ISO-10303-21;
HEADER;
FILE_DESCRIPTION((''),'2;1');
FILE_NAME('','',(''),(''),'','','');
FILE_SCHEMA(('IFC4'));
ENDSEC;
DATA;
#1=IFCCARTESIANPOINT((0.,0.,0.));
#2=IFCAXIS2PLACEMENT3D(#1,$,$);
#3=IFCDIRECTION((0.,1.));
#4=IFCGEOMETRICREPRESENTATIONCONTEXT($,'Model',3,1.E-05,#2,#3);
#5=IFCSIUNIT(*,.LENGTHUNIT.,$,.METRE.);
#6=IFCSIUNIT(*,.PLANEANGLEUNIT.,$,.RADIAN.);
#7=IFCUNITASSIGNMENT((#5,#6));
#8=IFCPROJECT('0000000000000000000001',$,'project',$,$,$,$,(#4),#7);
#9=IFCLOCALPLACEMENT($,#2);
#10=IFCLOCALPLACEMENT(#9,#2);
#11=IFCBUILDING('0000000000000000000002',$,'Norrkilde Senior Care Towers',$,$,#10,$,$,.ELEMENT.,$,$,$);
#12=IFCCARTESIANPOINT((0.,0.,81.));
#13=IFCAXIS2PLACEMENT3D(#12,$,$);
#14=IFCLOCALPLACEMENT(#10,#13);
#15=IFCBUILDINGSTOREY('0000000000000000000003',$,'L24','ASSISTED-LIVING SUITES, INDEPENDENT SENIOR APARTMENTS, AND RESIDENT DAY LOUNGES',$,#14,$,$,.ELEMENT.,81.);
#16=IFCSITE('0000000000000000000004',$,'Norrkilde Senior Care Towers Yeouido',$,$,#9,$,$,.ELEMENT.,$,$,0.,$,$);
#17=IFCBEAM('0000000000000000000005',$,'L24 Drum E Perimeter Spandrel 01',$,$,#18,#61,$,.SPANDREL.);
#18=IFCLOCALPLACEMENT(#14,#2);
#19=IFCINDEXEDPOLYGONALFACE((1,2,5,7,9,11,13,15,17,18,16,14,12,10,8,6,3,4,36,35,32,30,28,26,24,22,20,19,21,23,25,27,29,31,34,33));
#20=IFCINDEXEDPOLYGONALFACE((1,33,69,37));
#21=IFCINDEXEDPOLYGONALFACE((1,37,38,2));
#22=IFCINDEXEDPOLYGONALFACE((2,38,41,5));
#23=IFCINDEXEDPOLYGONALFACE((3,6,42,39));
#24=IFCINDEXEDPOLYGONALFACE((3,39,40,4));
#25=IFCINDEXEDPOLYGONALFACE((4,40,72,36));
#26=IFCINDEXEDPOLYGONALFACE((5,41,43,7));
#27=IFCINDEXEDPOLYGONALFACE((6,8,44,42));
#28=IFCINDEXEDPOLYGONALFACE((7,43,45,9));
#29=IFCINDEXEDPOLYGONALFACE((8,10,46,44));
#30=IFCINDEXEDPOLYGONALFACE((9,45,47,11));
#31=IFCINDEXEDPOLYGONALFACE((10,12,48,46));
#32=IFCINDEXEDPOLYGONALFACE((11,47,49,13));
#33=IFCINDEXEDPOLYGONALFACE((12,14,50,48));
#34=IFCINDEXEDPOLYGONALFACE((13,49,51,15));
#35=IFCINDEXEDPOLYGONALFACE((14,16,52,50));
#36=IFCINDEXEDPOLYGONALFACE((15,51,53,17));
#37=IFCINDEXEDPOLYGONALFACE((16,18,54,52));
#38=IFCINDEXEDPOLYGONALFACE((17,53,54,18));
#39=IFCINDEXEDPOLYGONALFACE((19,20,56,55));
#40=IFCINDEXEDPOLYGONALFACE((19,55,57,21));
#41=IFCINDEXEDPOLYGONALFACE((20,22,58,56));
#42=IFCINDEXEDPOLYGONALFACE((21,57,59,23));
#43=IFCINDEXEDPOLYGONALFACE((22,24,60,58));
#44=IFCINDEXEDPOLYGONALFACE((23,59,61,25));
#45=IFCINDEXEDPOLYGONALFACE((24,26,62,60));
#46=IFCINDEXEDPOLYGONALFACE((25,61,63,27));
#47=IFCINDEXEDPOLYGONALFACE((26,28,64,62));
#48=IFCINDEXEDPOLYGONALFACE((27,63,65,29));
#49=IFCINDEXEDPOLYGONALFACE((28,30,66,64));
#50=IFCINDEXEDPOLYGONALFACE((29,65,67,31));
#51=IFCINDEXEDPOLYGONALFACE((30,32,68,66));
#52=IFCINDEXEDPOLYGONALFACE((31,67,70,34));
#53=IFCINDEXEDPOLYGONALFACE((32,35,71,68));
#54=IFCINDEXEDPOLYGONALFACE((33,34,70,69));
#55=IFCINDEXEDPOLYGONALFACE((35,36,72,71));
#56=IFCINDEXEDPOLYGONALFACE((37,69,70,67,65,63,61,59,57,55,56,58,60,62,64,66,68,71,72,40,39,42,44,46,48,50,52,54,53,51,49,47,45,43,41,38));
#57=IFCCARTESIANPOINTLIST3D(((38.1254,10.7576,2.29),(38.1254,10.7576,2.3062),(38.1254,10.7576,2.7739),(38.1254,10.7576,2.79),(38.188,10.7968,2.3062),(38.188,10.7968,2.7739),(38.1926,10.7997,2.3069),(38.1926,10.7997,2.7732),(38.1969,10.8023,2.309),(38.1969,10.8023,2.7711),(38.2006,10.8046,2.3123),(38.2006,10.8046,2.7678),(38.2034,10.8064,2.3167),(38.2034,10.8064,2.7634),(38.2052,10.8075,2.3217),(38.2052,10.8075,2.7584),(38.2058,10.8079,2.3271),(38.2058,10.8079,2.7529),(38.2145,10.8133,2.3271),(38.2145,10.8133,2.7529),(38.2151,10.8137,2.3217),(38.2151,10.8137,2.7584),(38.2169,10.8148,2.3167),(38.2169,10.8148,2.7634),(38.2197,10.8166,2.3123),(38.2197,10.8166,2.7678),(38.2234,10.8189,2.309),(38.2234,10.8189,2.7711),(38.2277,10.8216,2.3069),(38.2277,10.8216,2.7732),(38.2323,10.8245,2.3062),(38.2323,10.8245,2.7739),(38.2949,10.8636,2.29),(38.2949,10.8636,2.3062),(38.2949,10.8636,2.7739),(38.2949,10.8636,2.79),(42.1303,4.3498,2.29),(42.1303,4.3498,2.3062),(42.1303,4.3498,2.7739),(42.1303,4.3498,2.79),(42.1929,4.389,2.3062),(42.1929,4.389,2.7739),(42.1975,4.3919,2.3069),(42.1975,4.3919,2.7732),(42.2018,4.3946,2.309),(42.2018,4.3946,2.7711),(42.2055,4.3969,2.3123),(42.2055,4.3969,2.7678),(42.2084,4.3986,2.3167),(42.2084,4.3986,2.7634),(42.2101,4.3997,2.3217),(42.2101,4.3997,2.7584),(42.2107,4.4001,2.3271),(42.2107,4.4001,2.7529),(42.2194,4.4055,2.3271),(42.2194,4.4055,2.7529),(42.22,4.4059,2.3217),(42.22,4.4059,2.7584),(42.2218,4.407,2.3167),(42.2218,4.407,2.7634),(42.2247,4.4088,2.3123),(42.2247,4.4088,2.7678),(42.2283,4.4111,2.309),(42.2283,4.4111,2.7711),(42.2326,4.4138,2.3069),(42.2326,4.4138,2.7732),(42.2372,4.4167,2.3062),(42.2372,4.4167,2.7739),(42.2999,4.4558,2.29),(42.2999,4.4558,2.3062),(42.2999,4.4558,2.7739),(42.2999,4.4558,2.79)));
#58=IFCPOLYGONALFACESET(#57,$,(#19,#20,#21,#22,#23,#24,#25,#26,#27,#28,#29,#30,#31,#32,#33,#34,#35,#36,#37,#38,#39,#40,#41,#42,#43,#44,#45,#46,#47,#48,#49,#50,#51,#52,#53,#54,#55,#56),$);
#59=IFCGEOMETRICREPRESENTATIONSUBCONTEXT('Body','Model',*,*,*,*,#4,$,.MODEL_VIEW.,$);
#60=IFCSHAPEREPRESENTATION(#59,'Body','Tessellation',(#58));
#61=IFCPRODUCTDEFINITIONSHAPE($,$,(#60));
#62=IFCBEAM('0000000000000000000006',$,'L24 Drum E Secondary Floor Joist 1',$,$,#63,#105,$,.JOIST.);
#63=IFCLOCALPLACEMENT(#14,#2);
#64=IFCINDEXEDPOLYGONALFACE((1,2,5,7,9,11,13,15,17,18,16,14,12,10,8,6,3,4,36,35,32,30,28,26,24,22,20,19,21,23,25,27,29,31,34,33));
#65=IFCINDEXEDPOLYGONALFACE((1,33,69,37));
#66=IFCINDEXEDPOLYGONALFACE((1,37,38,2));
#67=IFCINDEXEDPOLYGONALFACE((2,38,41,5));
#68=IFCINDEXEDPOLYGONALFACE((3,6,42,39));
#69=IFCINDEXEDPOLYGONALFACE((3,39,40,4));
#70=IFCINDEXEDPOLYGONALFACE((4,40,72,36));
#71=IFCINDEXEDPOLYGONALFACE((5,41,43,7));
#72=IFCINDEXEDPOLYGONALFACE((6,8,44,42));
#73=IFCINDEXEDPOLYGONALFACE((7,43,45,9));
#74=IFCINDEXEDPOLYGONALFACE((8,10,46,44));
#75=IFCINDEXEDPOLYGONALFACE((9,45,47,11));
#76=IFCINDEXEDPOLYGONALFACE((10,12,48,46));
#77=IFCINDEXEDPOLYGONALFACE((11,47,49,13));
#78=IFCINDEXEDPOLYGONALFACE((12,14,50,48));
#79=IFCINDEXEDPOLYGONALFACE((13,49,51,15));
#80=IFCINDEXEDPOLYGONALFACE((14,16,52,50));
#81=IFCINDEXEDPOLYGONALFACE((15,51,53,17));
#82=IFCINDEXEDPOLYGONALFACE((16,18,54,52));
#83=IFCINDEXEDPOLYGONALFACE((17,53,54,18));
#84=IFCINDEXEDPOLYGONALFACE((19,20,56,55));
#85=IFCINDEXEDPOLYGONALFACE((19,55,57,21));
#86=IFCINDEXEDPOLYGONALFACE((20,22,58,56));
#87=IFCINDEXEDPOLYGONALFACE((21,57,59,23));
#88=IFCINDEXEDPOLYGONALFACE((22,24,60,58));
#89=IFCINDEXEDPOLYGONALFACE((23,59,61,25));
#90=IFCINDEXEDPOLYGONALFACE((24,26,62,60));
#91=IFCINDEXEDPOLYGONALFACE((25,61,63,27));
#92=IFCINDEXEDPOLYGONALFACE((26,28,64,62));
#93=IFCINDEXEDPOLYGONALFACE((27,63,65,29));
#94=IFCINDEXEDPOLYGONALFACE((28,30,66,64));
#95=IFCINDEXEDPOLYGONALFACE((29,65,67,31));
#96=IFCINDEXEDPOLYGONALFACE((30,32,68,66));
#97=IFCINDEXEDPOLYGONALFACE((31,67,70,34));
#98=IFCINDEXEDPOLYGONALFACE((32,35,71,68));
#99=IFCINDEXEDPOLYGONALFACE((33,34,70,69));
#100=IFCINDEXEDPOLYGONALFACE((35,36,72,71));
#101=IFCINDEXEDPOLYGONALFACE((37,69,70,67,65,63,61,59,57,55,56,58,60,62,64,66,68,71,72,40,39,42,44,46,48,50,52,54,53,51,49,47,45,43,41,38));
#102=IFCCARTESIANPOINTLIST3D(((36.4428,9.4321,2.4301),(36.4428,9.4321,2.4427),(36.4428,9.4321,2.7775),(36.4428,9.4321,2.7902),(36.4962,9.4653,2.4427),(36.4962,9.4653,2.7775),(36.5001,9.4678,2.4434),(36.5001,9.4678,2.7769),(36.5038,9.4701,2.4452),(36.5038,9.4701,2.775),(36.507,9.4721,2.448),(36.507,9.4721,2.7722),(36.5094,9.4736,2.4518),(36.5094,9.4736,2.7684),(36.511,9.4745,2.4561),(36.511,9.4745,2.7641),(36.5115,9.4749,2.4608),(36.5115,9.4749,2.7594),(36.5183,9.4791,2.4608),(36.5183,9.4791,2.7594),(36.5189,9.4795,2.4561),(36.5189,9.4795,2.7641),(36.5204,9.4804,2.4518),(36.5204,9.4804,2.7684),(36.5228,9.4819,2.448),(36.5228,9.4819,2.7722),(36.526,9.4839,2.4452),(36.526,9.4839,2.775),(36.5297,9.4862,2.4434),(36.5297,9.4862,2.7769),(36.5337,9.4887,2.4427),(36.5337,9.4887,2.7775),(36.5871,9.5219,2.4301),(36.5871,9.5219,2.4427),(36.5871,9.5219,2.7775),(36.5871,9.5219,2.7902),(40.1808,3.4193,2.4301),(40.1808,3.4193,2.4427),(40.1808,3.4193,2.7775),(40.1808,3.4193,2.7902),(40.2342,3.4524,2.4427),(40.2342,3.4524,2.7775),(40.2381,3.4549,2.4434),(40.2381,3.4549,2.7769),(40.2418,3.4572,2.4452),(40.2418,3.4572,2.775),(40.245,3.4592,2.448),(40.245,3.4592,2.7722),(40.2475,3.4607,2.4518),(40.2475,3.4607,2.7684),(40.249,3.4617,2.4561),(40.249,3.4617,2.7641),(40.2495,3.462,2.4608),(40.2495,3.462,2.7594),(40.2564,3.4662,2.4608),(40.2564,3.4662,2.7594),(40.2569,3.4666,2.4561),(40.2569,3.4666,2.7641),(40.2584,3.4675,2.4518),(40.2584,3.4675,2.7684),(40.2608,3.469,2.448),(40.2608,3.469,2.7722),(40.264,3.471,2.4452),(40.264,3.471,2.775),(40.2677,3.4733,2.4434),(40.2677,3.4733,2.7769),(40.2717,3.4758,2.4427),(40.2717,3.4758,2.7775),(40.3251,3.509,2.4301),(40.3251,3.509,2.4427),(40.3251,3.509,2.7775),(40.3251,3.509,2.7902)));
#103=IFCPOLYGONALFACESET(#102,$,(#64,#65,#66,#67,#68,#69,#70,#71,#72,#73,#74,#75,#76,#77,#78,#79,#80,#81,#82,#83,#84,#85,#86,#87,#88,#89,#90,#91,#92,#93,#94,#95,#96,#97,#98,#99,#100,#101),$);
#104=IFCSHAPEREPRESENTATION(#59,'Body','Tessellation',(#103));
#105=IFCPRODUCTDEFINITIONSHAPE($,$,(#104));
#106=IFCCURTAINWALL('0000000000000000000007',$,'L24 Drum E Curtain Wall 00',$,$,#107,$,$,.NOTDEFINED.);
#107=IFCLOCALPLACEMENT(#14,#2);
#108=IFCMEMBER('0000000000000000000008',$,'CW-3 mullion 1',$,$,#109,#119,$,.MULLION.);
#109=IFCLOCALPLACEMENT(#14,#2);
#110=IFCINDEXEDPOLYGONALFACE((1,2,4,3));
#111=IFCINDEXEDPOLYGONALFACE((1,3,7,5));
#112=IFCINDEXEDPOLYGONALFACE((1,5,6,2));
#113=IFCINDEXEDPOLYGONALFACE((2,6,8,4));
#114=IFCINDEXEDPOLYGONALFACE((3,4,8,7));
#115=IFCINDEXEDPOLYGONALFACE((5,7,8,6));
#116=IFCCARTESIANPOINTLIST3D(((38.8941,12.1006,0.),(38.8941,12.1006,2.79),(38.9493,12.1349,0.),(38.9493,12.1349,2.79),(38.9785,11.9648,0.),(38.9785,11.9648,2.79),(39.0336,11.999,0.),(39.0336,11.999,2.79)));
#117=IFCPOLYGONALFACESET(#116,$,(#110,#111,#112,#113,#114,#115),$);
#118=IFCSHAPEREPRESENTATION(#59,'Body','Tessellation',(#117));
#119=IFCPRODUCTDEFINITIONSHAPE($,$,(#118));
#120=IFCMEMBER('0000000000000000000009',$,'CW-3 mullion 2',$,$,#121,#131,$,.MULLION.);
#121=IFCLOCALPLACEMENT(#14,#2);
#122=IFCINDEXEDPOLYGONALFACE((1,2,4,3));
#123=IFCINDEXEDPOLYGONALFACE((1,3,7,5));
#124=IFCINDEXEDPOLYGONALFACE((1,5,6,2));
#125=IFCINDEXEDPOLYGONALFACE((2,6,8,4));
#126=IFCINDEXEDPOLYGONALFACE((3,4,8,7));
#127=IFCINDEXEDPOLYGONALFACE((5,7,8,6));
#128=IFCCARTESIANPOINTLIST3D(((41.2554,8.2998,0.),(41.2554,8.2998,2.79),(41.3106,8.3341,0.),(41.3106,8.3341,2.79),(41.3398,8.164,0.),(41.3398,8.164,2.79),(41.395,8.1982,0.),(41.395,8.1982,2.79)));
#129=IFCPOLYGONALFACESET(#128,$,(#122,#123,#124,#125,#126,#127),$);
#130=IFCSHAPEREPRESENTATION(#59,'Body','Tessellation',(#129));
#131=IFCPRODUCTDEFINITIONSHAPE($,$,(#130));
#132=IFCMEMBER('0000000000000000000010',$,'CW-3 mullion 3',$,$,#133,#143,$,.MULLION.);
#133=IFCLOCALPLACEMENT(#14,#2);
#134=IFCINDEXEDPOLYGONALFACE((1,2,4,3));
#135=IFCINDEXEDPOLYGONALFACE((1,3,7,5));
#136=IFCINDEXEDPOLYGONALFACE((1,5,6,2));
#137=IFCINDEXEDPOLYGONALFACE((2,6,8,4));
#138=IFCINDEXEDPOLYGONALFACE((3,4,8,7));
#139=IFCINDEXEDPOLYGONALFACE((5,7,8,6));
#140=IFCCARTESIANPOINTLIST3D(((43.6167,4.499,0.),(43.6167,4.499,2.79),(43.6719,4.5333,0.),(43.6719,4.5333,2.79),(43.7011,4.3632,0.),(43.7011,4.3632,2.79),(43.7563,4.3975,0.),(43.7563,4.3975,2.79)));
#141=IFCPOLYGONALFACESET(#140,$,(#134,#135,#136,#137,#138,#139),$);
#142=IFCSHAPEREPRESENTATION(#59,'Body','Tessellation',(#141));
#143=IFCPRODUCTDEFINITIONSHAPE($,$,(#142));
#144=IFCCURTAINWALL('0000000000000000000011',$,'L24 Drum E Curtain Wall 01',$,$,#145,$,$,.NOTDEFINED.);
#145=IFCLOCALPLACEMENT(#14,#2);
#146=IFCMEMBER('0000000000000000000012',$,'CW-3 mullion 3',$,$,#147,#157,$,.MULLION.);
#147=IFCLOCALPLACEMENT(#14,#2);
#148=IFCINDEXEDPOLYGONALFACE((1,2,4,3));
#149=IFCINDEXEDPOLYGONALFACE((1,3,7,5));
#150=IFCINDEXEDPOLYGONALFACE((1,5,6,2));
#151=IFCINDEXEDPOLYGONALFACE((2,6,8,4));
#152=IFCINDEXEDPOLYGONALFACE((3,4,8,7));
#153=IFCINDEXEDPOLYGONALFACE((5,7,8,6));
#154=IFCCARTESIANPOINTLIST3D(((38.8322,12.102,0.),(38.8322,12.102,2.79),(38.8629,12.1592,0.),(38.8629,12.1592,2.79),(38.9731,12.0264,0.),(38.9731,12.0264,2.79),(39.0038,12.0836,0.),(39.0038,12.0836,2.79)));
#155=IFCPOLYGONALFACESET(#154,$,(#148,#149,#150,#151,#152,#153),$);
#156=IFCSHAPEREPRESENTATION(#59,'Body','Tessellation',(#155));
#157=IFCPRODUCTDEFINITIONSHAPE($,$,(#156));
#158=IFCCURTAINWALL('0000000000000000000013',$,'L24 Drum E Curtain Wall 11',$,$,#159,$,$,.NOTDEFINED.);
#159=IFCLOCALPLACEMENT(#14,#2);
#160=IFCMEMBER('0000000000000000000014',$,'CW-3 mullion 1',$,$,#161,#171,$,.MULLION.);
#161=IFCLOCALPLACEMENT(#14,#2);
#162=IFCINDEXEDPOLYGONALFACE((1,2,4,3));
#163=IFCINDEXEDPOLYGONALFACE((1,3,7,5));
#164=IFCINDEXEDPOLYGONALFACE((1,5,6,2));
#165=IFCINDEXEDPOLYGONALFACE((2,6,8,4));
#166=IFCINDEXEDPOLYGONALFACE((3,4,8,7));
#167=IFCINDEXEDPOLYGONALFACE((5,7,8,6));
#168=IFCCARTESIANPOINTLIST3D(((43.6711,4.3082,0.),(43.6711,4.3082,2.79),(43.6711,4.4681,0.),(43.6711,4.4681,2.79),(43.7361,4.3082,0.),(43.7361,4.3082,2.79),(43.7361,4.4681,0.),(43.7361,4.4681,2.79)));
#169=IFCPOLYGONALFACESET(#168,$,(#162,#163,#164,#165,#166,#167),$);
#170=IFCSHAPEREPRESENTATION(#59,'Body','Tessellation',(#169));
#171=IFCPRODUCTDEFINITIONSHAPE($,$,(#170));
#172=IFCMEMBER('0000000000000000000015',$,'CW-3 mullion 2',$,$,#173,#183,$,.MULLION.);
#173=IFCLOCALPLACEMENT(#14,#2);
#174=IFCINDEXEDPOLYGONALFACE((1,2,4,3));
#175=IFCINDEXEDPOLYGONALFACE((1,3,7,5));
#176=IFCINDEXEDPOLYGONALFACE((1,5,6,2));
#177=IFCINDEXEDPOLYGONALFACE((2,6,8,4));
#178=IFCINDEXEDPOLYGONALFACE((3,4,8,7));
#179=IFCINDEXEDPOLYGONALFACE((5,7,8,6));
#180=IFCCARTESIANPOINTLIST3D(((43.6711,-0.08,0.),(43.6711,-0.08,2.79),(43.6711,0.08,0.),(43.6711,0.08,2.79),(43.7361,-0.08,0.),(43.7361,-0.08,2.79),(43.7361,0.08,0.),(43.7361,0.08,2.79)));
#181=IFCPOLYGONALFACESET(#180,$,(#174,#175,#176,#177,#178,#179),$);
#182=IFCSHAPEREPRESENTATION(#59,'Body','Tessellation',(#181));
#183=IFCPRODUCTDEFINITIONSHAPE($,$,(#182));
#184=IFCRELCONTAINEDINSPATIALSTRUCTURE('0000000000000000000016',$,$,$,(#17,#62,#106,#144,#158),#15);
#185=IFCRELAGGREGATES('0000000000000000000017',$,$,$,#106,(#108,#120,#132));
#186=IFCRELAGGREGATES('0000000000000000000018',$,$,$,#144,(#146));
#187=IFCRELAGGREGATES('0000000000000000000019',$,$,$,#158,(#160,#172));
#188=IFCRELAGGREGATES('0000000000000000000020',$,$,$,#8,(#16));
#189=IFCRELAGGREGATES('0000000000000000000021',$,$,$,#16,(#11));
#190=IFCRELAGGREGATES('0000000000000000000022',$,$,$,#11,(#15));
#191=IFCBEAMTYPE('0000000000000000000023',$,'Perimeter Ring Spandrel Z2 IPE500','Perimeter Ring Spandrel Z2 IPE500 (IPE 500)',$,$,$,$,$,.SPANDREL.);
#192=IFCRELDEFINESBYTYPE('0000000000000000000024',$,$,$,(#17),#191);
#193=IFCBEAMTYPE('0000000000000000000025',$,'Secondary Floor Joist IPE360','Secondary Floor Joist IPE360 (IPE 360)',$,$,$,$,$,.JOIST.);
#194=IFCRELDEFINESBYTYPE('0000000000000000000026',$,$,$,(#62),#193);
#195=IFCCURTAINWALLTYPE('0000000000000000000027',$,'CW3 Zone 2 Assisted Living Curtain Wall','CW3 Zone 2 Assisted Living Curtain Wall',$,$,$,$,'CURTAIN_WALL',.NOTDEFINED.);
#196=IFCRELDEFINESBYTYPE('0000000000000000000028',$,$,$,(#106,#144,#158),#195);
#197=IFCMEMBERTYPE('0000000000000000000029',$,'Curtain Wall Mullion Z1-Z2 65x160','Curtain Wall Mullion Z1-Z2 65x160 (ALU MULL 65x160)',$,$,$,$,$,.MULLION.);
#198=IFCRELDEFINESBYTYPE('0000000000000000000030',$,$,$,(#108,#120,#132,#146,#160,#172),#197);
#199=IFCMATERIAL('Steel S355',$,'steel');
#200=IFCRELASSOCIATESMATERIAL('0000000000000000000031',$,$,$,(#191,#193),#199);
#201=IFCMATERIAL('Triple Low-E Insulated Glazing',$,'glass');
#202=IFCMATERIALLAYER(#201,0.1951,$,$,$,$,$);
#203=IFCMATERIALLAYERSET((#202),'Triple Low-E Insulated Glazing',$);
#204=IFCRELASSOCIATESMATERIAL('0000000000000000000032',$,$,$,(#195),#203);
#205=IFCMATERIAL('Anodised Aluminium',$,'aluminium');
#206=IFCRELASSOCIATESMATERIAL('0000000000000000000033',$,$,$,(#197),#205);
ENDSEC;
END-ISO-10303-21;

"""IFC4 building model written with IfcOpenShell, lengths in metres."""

from ifc_helpers import new_model, si_unit, direction, frame, origin, origin_2d, place, context, subcontext, project, spatial, rectangle, i_section, extrude, source, transform, mapped, material, layer, layer_set, material_profile, profile_set, type_object, type_shapes, element, aggregate, save


model = new_model("IFC4")

# Units and contexts
model_context = context("Model", 3, precision=1e-05, world=origin(), true_north=direction((0.0, 1.0)))
body_context = subcontext(model_context, "Body", "Model", "MODEL_VIEW")
ifc_project = project(units=[si_unit("LENGTHUNIT", "METRE"), si_unit("PLANEANGLEUNIT", "RADIAN")], contexts=[model_context])

# Site, building, storey
site_placement = place(None, origin())
site = spatial("IfcSite", under=ifc_project, at=site_placement, Name="Norrkilde Senior Care Towers Yeouido", CompositionType="ELEMENT", RefElevation=0.0)
building_placement = place(site_placement, origin())
building = spatial("IfcBuilding", under=site, at=building_placement, Name="Norrkilde Senior Care Towers", CompositionType="ELEMENT")
storey_placement = place(building_placement, frame((0.0, 0.0, 81.0)))
storey = spatial("IfcBuildingStorey", under=building, at=storey_placement, Name="L24", Description="ASSISTED-LIVING SUITES, INDEPENDENT SENIOR APARTMENTS, AND RESIDENT DAY LOUNGES", CompositionType="ELEMENT", Elevation=81.0)

# Beams
ifc_material_1 = material(Name="Steel S355", Category="steel")
ifc_material_profile_1 = material_profile(ifc_material_1, i_section(OverallWidth=0.2, OverallDepth=0.5, WebThickness=0.0103, FlangeThickness=0.0161, FilletRadius=0.021, at=origin_2d()), Name="IPE 500")
ifc_profile_set_1 = profile_set([ifc_material_profile_1], Name="Steel S355")
beam_type_1 = type_object("IfcBeamType", Name="Perimeter Ring Spandrel Z2 IPE500", Description="Perimeter Ring Spandrel Z2 IPE500 (IPE 500)", PredefinedType="SPANDREL", material=ifc_profile_set_1)
shared_shape_1 = source(origin(), body_context, "Body", "SweptSolid", [
    extrude(i_section(OverallWidth=0.2, OverallDepth=0.5, WebThickness=0.0103, FlangeThickness=0.0161, FilletRadius=0.021, at=origin_2d()), origin(), (0.0, 0.0, 1.0), 7.5564),
])
beam_1_placement = place(storey_placement, frame((42.2151, 4.4028, 2.54), z_axis=(-0.530005, 0.847995, 0.0), x_axis=(-0.847995, -0.530005, 0.0)))
element("IfcBeam", 1, at=beam_1_placement, inside=storey, type_object=beam_type_1, Name="L24 Drum E Perimeter Spandrel 01", PredefinedType="SPANDREL", context=body_context, shape_type="MappedRepresentation", body=[
    mapped(shared_shape_1, transform((0.0, 0.0, 0.0), x_axis=(1.0, 0.0, 0.0), y_axis=(0.0, 1.0, 0.0), z_axis=(0.0, 0.0, 1.0), scale=1.0)),
])
ifc_material_profile_2 = material_profile(ifc_material_1, i_section(OverallWidth=0.1699, OverallDepth=0.3601, WebThickness=0.0081, FlangeThickness=0.0127, FilletRadius=0.0181, at=origin_2d()), Name="IPE 360")
ifc_profile_set_2 = profile_set([ifc_material_profile_2], Name="Steel S355")
beam_type_2 = type_object("IfcBeamType", Name="Secondary Floor Joist IPE360", Description="Secondary Floor Joist IPE360 (IPE 360)", PredefinedType="JOIST", material=ifc_profile_set_2)
shared_shape_2 = source(origin(), body_context, "Body", "SweptSolid", [
    extrude(i_section(OverallWidth=0.1699, OverallDepth=0.3601, WebThickness=0.0081, FlangeThickness=0.0127, FilletRadius=0.0181, at=origin_2d()), origin(), (0.0, 0.0, 1.0), 7.0801),
])
type_shapes(beam_type_2, [shared_shape_2])
beam_2_placement = place(storey_placement, frame((40.2529, 3.4641, 2.6101), z_axis=(-0.527961, 0.849269, 0.0), x_axis=(-0.849269, -0.527961, 0.0)))
element("IfcBeam", 2, at=beam_2_placement, inside=storey, type_object=beam_type_2, Name="L24 Drum E Secondary Floor Joist 1", PredefinedType="JOIST", context=body_context, shape_type="MappedRepresentation", body=[
    mapped(shared_shape_2, transform((0.0, 0.0, 0.0), x_axis=(1.0, 0.0, 0.0), y_axis=(0.0, 1.0, 0.0), z_axis=(0.0, 0.0, 1.0), scale=1.0)),
])

# Curtain wall, members
ifc_material_2 = material(Name="Triple Low-E Insulated Glazing", Category="glass")
ifc_layer_1 = layer(ifc_material_2, 0.1951)
ifc_layer_set_1 = layer_set([ifc_layer_1], Name="Triple Low-E Insulated Glazing")
curtain_wall_type = type_object("IfcCurtainWallType", Name="CW3 Zone 2 Assisted Living Curtain Wall", Description="CW3 Zone 2 Assisted Living Curtain Wall", ElementType="CURTAIN_WALL", PredefinedType="NOTDEFINED", material=ifc_layer_set_1)
curtain_wall_1_placement = place(storey_placement, origin())
curtain_wall_1 = element("IfcCurtainWall", 3, at=curtain_wall_1_placement, inside=storey, type_object=curtain_wall_type, Name="L24 Drum E Curtain Wall 00", PredefinedType="NOTDEFINED")
ifc_material_3 = material(Name="Anodised Aluminium", Category="aluminium")
ifc_material_profile_3 = material_profile(ifc_material_3, rectangle(XDim=0.0649, YDim=0.1599, at=origin_2d()), Name="ALU MULL 65x160")
ifc_profile_set_3 = profile_set([ifc_material_profile_3], Name="Anodised Aluminium")
member_type_1 = type_object("IfcMemberType", Name="Curtain Wall Mullion Z1-Z2 65x160", Description="Curtain Wall Mullion Z1-Z2 65x160 (ALU MULL 65x160)", PredefinedType="MULLION", material=ifc_profile_set_3)
shared_shape_3 = source(origin(), body_context, "Body", "SweptSolid", [
    extrude(rectangle(XDim=0.0649, YDim=0.1599, at=origin_2d()), origin(), (0.0, 0.0, 1.0), 2.79),
])
type_shapes(member_type_1, [shared_shape_3])
member_1_placement = place(storey_placement, frame((38.9639, 12.0498, 0.0), z_axis=(0.0, 0.0, 1.0), x_axis=(0.84941, 0.527733, 0.0)))
member_1 = element("IfcMember", 4, at=member_1_placement, type_object=member_type_1, Name="CW-3 mullion 1", PredefinedType="MULLION", context=body_context, shape_type="MappedRepresentation", body=[
    mapped(shared_shape_3, transform((0.0, 0.0, 0.0), x_axis=(1.0, 0.0, 0.0), y_axis=(0.0, 1.0, 0.0), z_axis=(0.0, 0.0, 1.0), scale=1.0)),
])
member_2_placement = place(storey_placement, frame((41.3252, 8.249, 0.0), z_axis=(0.0, 0.0, 1.0), x_axis=(0.84941, 0.527733, 0.0)))
member_2 = element("IfcMember", 5, at=member_2_placement, type_object=member_type_1, Name="CW-3 mullion 2", PredefinedType="MULLION", context=body_context, shape_type="MappedRepresentation", body=[
    mapped(shared_shape_3, transform((0.0, 0.0, 0.0), x_axis=(1.0, 0.0, 0.0), y_axis=(0.0, 1.0, 0.0), z_axis=(0.0, 0.0, 1.0), scale=1.0)),
])
member_3_placement = place(storey_placement, frame((43.6865, 4.4482, 0.0), z_axis=(0.0, 0.0, 1.0), x_axis=(0.84941, 0.527733, 0.0)))
member_3 = element("IfcMember", 6, at=member_3_placement, type_object=member_type_1, Name="CW-3 mullion 3", PredefinedType="MULLION", context=body_context, shape_type="MappedRepresentation", body=[
    mapped(shared_shape_3, transform((0.0, 0.0, 0.0), x_axis=(1.0, 0.0, 0.0), y_axis=(0.0, 1.0, 0.0), z_axis=(0.0, 0.0, 1.0), scale=1.0)),
])

# Curtain wall, member
curtain_wall_2_placement = place(storey_placement, origin())
curtain_wall_2 = element("IfcCurtainWall", 7, at=curtain_wall_2_placement, inside=storey, type_object=curtain_wall_type, Name="L24 Drum E Curtain Wall 01", PredefinedType="NOTDEFINED")
member_4_placement = place(storey_placement, frame((38.918, 12.0928, 0.0), z_axis=(0.0, 0.0, 1.0), x_axis=(0.472769, 0.881186, 0.0)))
member_4 = element("IfcMember", 8, at=member_4_placement, type_object=member_type_1, Name="CW-3 mullion 3", PredefinedType="MULLION", context=body_context, shape_type="MappedRepresentation", body=[
    mapped(shared_shape_3, transform((0.0, 0.0, 0.0), x_axis=(1.0, 0.0, 0.0), y_axis=(0.0, 1.0, 0.0), z_axis=(0.0, 0.0, 1.0), scale=1.0)),
])

# Curtain wall, members
curtain_wall_3_placement = place(storey_placement, origin())
curtain_wall_3 = element("IfcCurtainWall", 9, at=curtain_wall_3_placement, inside=storey, type_object=curtain_wall_type, Name="L24 Drum E Curtain Wall 11", PredefinedType="NOTDEFINED")
member_5_placement = place(storey_placement, frame((43.7036, 4.3882, 0.0), z_axis=(0.0, 0.0, 1.0), x_axis=(1.0, 0.0, 0.0)))
member_5 = element("IfcMember", 10, at=member_5_placement, type_object=member_type_1, Name="CW-3 mullion 1", PredefinedType="MULLION", context=body_context, shape_type="MappedRepresentation", body=[
    mapped(shared_shape_3, transform((0.0, 0.0, 0.0), x_axis=(1.0, 0.0, 0.0), y_axis=(0.0, 1.0, 0.0), z_axis=(0.0, 0.0, 1.0), scale=1.0)),
])
member_6_placement = place(storey_placement, frame((43.7036, 0.0, 0.0), z_axis=(0.0, 0.0, 1.0), x_axis=(1.0, 0.0, 0.0)))
member_6 = element("IfcMember", 11, at=member_6_placement, type_object=member_type_1, Name="CW-3 mullion 2", PredefinedType="MULLION", context=body_context, shape_type="MappedRepresentation", body=[
    mapped(shared_shape_3, transform((0.0, 0.0, 0.0), x_axis=(1.0, 0.0, 0.0), y_axis=(0.0, 1.0, 0.0), z_axis=(0.0, 0.0, 1.0), scale=1.0)),
])

aggregate(curtain_wall_1, [member_1, member_2, member_3])
aggregate(curtain_wall_2, [member_4])
aggregate(curtain_wall_3, [member_5, member_6])

save(model, "model.ifc")
